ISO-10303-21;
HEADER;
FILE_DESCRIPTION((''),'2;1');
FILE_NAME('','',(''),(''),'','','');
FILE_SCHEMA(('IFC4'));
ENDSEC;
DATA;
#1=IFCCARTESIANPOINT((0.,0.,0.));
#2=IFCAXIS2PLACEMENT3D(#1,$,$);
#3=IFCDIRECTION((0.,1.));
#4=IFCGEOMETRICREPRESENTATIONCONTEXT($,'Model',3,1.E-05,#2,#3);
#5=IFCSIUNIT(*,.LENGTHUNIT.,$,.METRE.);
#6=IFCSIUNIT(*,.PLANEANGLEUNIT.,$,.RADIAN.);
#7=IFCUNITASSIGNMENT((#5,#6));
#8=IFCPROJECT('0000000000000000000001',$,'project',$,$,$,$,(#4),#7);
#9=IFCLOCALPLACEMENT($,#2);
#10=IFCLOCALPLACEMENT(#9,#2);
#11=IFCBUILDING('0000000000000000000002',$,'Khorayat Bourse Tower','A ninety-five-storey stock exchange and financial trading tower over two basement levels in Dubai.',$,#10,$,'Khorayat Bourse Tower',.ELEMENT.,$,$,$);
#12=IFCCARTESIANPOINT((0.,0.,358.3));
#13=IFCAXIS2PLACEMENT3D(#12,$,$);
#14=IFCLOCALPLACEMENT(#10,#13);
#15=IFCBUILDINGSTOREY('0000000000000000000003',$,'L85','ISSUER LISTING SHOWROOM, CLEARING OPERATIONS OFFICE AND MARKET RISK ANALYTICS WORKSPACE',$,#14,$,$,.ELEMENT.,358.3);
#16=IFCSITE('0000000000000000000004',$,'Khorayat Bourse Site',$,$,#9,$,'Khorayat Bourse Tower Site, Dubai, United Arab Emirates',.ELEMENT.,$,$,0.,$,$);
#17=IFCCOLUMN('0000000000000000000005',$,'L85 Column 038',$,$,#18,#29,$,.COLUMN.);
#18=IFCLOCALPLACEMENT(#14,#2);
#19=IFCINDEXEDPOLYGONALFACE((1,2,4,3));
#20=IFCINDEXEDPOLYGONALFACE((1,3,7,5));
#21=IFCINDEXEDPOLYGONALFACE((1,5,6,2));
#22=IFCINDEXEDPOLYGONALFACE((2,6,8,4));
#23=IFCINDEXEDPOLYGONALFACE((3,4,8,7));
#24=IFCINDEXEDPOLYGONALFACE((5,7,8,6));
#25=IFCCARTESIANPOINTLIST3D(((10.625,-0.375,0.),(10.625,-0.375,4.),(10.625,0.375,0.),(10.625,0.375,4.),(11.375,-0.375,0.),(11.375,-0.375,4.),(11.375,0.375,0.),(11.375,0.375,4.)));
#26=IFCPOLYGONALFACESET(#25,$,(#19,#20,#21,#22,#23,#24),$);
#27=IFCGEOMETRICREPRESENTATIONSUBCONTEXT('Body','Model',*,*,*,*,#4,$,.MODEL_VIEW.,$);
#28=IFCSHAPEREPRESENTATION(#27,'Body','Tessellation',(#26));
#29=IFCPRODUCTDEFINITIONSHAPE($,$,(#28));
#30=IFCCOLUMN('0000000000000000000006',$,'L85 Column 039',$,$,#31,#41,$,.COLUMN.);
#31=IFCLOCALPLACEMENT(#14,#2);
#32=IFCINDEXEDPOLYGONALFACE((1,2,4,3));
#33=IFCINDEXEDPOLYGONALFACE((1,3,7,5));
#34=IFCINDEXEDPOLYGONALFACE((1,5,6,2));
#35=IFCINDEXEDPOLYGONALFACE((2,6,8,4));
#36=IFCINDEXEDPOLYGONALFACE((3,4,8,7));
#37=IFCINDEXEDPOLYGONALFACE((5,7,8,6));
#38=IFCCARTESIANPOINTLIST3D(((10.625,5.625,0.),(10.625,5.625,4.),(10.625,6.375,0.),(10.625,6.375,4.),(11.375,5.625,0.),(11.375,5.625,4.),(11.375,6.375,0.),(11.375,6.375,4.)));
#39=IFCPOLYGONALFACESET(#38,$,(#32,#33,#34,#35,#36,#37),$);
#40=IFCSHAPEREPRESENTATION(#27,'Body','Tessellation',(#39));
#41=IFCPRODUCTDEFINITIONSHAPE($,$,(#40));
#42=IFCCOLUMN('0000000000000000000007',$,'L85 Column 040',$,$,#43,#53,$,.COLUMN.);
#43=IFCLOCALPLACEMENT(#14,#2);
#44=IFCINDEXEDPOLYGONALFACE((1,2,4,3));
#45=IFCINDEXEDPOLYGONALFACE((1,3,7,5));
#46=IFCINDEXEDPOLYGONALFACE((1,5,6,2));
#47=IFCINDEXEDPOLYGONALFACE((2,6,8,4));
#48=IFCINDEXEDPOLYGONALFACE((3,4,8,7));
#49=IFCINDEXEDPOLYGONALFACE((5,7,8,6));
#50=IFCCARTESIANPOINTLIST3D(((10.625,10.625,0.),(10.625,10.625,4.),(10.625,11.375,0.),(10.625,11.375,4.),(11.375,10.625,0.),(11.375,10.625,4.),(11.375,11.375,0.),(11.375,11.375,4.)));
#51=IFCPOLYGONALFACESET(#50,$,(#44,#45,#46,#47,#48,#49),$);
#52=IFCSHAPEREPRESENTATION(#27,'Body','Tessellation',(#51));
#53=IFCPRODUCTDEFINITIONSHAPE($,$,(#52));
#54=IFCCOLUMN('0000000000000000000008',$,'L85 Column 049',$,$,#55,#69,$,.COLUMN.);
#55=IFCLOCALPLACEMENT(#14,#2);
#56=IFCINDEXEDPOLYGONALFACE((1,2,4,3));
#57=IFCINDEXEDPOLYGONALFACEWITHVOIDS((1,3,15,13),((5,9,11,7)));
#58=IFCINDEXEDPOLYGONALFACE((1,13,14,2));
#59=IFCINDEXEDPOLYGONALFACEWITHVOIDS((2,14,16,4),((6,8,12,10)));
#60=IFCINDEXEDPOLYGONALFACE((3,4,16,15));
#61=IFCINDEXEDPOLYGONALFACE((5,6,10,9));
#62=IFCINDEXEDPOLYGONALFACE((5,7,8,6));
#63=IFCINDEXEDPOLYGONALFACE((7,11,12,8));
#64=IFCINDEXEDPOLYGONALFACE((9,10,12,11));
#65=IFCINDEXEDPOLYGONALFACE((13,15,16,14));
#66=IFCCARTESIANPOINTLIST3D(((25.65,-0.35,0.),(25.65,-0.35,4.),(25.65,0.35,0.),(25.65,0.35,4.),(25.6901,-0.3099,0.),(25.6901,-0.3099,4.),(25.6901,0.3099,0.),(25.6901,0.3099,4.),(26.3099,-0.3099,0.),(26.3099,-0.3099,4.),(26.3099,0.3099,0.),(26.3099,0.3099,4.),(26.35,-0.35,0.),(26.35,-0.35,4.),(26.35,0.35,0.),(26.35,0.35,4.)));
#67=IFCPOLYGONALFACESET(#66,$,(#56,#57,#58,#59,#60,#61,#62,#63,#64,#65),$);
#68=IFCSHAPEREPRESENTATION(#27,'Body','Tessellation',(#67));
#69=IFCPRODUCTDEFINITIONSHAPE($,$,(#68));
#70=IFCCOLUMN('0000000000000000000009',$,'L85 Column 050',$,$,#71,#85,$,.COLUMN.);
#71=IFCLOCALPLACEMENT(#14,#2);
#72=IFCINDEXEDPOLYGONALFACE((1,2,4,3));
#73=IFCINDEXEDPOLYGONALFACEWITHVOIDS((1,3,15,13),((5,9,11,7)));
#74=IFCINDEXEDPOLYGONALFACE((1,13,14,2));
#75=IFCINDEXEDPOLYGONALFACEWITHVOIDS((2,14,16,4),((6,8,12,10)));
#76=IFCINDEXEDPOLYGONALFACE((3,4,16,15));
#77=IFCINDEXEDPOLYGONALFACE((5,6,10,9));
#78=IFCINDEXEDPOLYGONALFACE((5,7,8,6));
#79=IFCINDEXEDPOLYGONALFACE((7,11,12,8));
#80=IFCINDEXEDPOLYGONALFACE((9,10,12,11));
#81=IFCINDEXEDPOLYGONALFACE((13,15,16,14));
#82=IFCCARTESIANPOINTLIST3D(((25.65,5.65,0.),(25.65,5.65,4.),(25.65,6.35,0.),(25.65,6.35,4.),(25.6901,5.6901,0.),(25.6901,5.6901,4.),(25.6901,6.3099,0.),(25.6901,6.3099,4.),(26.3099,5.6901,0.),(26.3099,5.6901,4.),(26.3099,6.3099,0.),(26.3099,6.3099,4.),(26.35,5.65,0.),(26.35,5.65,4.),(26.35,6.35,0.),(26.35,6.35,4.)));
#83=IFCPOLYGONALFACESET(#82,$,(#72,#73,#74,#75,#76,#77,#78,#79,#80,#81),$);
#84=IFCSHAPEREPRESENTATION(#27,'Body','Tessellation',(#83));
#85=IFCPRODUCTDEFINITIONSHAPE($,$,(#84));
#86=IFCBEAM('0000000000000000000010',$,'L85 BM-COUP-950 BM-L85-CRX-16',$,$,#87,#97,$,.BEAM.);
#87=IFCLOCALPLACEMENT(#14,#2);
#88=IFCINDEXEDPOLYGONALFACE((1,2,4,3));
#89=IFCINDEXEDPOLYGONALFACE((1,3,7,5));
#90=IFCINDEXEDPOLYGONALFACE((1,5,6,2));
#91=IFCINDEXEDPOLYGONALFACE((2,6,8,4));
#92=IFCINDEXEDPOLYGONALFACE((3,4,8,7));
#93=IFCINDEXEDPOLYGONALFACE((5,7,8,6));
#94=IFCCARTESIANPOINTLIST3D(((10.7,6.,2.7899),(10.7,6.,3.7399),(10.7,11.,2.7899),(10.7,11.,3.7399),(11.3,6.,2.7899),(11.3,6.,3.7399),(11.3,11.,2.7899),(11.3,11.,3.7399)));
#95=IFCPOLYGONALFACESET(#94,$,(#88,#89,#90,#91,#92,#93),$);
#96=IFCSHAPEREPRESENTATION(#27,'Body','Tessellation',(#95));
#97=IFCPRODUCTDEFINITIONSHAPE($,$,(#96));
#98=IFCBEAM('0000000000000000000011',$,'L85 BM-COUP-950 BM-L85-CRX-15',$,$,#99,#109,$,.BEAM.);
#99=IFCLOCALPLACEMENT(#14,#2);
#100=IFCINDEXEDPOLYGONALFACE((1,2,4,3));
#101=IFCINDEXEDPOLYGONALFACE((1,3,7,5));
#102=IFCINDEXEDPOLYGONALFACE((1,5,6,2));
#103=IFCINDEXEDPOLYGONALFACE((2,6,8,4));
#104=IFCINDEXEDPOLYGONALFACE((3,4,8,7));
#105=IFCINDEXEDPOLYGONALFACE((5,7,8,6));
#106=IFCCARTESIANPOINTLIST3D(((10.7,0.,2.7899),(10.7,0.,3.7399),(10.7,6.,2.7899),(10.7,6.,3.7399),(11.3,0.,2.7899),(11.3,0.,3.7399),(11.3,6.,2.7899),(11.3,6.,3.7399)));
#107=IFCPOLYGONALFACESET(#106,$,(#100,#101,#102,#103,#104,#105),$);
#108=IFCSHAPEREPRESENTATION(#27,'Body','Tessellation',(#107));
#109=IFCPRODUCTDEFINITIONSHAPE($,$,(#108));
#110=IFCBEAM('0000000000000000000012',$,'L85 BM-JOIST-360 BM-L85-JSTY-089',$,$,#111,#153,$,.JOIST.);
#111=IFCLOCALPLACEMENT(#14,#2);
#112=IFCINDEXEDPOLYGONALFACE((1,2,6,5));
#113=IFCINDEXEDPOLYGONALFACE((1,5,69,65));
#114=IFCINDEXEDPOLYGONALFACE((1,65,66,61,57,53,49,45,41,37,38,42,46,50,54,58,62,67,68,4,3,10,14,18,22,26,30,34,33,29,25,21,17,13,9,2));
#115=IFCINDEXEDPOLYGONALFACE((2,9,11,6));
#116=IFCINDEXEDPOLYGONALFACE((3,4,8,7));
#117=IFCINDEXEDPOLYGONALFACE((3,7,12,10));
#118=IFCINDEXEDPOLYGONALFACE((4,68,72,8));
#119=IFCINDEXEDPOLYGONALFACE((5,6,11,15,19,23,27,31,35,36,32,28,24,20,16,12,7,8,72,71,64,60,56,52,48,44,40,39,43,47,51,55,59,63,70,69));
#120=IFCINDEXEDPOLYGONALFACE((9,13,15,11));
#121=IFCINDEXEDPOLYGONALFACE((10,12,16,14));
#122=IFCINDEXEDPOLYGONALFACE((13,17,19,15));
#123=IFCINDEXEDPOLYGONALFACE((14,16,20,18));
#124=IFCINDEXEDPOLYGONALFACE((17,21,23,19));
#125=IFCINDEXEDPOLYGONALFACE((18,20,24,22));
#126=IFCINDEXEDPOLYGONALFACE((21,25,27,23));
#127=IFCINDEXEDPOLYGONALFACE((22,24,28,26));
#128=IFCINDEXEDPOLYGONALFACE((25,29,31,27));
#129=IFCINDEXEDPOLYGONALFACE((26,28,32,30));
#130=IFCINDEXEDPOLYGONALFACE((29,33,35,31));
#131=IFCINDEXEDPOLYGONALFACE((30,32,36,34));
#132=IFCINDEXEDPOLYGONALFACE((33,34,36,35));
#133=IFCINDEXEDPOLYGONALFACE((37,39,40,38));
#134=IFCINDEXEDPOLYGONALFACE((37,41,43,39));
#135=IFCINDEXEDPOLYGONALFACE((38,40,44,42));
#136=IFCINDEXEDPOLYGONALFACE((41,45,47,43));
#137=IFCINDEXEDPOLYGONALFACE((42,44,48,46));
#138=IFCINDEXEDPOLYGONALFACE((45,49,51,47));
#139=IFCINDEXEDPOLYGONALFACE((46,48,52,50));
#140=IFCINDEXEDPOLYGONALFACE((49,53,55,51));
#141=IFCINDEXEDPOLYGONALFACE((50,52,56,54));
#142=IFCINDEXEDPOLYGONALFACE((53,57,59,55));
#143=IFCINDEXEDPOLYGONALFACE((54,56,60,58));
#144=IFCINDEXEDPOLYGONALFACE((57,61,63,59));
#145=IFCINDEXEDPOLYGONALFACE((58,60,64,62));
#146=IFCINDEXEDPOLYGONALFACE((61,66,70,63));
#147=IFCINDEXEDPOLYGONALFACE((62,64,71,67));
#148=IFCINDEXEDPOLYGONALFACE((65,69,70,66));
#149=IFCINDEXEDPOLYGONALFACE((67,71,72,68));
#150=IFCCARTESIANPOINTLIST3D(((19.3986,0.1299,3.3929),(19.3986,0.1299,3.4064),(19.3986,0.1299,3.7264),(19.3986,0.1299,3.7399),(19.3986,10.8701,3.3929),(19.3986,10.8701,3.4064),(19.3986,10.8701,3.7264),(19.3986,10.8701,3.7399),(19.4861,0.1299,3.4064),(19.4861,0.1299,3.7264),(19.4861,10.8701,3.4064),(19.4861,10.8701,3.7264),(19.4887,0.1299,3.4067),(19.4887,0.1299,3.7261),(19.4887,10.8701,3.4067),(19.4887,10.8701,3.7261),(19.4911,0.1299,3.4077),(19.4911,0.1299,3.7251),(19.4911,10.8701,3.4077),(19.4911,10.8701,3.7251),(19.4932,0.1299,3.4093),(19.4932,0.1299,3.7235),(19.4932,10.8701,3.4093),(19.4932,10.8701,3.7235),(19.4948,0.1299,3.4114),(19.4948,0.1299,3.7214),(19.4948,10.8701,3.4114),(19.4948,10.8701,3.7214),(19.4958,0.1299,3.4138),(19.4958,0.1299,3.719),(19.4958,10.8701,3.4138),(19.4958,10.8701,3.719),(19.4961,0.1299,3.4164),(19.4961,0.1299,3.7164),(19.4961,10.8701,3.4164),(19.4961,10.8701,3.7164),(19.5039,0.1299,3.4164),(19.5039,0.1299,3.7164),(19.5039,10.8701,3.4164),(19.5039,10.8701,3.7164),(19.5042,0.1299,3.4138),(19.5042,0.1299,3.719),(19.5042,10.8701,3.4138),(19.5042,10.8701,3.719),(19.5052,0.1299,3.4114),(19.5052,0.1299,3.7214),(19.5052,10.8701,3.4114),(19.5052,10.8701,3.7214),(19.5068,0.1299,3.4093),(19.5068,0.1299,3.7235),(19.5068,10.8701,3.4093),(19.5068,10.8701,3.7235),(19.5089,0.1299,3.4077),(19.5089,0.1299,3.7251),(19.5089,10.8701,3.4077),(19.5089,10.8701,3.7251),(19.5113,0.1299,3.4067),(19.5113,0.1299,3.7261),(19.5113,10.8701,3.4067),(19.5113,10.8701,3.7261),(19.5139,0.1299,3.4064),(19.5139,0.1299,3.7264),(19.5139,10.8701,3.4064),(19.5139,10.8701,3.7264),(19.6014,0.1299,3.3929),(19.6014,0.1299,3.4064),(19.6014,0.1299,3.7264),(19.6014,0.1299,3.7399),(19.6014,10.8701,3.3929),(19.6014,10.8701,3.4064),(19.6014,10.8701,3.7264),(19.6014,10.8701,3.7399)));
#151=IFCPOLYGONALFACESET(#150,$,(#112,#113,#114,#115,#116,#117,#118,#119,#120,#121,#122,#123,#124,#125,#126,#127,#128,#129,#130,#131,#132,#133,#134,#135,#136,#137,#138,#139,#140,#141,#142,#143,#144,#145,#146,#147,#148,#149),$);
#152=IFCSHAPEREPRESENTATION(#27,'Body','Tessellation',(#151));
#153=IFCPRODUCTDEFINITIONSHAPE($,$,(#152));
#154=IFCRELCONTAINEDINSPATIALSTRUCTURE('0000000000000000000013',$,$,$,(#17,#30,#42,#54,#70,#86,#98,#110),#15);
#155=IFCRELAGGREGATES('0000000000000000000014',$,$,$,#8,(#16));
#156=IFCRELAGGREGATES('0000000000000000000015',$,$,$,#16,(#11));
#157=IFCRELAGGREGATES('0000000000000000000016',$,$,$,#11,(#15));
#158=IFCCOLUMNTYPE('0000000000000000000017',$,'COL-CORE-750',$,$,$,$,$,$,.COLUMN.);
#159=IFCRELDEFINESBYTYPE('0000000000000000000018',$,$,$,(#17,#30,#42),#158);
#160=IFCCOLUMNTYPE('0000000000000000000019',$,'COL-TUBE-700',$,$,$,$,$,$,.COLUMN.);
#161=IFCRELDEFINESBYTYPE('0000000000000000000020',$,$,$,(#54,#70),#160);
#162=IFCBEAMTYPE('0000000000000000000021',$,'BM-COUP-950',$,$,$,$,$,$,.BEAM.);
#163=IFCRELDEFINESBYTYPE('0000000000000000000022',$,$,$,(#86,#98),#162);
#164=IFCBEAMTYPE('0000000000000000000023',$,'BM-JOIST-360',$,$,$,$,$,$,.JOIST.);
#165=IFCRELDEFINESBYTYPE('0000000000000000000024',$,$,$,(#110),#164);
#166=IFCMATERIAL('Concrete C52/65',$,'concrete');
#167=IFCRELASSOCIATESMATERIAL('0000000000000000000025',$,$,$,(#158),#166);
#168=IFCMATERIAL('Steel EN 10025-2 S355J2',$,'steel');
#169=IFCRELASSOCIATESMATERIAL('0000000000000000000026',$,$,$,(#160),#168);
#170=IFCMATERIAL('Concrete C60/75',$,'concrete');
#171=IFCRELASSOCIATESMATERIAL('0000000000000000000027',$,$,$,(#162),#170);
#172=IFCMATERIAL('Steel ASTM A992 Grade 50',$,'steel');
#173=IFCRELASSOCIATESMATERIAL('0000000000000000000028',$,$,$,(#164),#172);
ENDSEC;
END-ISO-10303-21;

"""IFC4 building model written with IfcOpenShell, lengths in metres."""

from ifc_helpers import new_model, si_unit, direction, frame, origin, origin_2d, place, context, subcontext, project, spatial, rectangle, hollow_rectangle, i_section, extrude, source, transform, mapped, material, material_profile, profile_set, type_object, element, save


model = new_model("IFC4")

# Units and contexts
model_context = context("Model", 3, precision=1e-05, world=origin(), true_north=direction((0.0, 1.0)))
body_context = subcontext(model_context, "Body", "Model", "MODEL_VIEW")
ifc_project = project(units=[si_unit("LENGTHUNIT", "METRE"), si_unit("PLANEANGLEUNIT", "RADIAN")], contexts=[model_context])

# Site, building, storey
site_placement = place(None, origin())
site = spatial("IfcSite", under=ifc_project, at=site_placement, Name="Khorayat Bourse Site", LongName="Khorayat Bourse Tower Site, Dubai, United Arab Emirates", CompositionType="ELEMENT", RefElevation=0.0)
building_placement = place(site_placement, origin())
building = spatial("IfcBuilding", under=site, at=building_placement, Name="Khorayat Bourse Tower", Description="A ninety-five-storey stock exchange and financial trading tower over two basement levels in Dubai.", LongName="Khorayat Bourse Tower", CompositionType="ELEMENT")
storey_placement = place(building_placement, frame((0.0, 0.0, 358.3)))
storey = spatial("IfcBuildingStorey", under=building, at=storey_placement, Name="L85", Description="ISSUER LISTING SHOWROOM, CLEARING OPERATIONS OFFICE AND MARKET RISK ANALYTICS WORKSPACE", CompositionType="ELEMENT", Elevation=358.3)

# Columns
ifc_material_1 = material(Name="Concrete C52/65", Category="concrete")
ifc_material_profile_1 = material_profile(ifc_material_1, rectangle(XDim=0.75, YDim=0.75, at=origin_2d()), Name="RC 750x750")
ifc_profile_set_1 = profile_set([ifc_material_profile_1], Name="Concrete C52/65")
column_type_1 = type_object("IfcColumnType", Name="COL-CORE-750", PredefinedType="COLUMN", material=ifc_profile_set_1)
shared_shape_1 = source(origin(), body_context, "Body", "SweptSolid", [
    extrude(rectangle(XDim=0.75, YDim=0.75, at=origin_2d()), origin(), (0.0, 0.0, 1.0), 4.0),
])
for number, where, z_axis, x_axis, name in (
    (1, (11.0, 0.0, 0.0), (0.0, 0.0, 1.0), (1.0, 0.0, 0.0), "L85 Column 038"),
    (2, (11.0, 6.0, 0.0), (0.0, 0.0, 1.0), (1.0, 0.0, 0.0), "L85 Column 039"),
    (3, (11.0, 11.0, 0.0), (0.0, 0.0, 1.0), (1.0, 0.0, 0.0), "L85 Column 040"),
):
    element("IfcColumn", number, at=place(storey_placement, frame(where, z_axis=z_axis, x_axis=x_axis)), inside=storey, type_object=column_type_1, Name=name, PredefinedType="COLUMN", context=body_context, shape_type="MappedRepresentation", body=[
        mapped(shared_shape_1, transform((0.0, 0.0, 0.0), scale=1.0)),
    ])
ifc_material_2 = material(Name="Steel EN 10025-2 S355J2", Category="steel")
ifc_material_profile_2 = material_profile(ifc_material_2, hollow_rectangle(XDim=0.7, YDim=0.7, WallThickness=0.04, at=origin_2d()), Name="BOX 700x700x40")
ifc_profile_set_2 = profile_set([ifc_material_profile_2], Name="Steel EN 10025-2 S355J2")
column_type_2 = type_object("IfcColumnType", Name="COL-TUBE-700", PredefinedType="COLUMN", material=ifc_profile_set_2)
shared_shape_2 = source(origin(), body_context, "Body", "SweptSolid", [
    extrude(hollow_rectangle(XDim=0.7, YDim=0.7, WallThickness=0.04, at=origin_2d()), origin(), (0.0, 0.0, 1.0), 4.0),
])
for number, where, z_axis, x_axis, name in (
    (4, (26.0, 0.0, 0.0), (0.0, 0.0, 1.0), (1.0, 0.0, 0.0), "L85 Column 049"),
    (5, (26.0, 6.0, 0.0), (0.0, 0.0, 1.0), (1.0, 0.0, 0.0), "L85 Column 050"),
):
    element("IfcColumn", number, at=place(storey_placement, frame(where, z_axis=z_axis, x_axis=x_axis)), inside=storey, type_object=column_type_2, Name=name, PredefinedType="COLUMN", context=body_context, shape_type="MappedRepresentation", body=[
        mapped(shared_shape_2, transform((0.0, 0.0, 0.0), scale=1.0)),
    ])

# Beams
ifc_material_3 = material(Name="Concrete C60/75", Category="concrete")
ifc_material_profile_3 = material_profile(ifc_material_3, rectangle(XDim=0.6001, YDim=0.95, at=origin_2d()), Name="RC 600x950")
ifc_profile_set_3 = profile_set([ifc_material_profile_3], Name="Concrete C60/75")
beam_type_1 = type_object("IfcBeamType", Name="BM-COUP-950", PredefinedType="BEAM", material=ifc_profile_set_3)
shared_shape_3 = source(origin(), body_context, "Body", "SweptSolid", [
    extrude(rectangle(XDim=0.6001, YDim=0.95, at=origin_2d()), origin(), (0.0, 0.0, 1.0), 5.0),
])
beam_1_placement = place(storey_placement, frame((11.0, 6.0, 3.2649), z_axis=(0.0, 1.0, 0.0), x_axis=(-1.0, 0.0, 0.0)))
element("IfcBeam", 6, at=beam_1_placement, inside=storey, type_object=beam_type_1, Name="L85 BM-COUP-950 BM-L85-CRX-16", PredefinedType="BEAM", context=body_context, shape_type="MappedRepresentation", body=[
    mapped(shared_shape_3, transform((0.0, 0.0, 0.0), scale=1.0)),
])
shared_shape_4 = source(origin(), body_context, "Body", "SweptSolid", [
    extrude(rectangle(XDim=0.6001, YDim=0.95, at=origin_2d()), origin(), (0.0, 0.0, 1.0), 6.0),
])
beam_2_placement = place(storey_placement, frame((11.0, 0.0, 3.2649), z_axis=(0.0, 1.0, 0.0), x_axis=(-1.0, 0.0, 0.0)))
element("IfcBeam", 7, at=beam_2_placement, inside=storey, type_object=beam_type_1, Name="L85 BM-COUP-950 BM-L85-CRX-15", PredefinedType="BEAM", context=body_context, shape_type="MappedRepresentation", body=[
    mapped(shared_shape_4, transform((0.0, 0.0, 0.0), scale=1.0)),
])
ifc_material_4 = material(Name="Steel ASTM A992 Grade 50", Category="steel")
ifc_material_profile_4 = material_profile(ifc_material_4, i_section(OverallWidth=0.2029, OverallDepth=0.3469, WebThickness=0.0078, FlangeThickness=0.0134, FilletRadius=0.01, at=origin_2d()), Name="W360X64")
ifc_profile_set_4 = profile_set([ifc_material_profile_4], Name="Steel ASTM A992 Grade 50")
beam_type_2 = type_object("IfcBeamType", Name="BM-JOIST-360", PredefinedType="JOIST", material=ifc_profile_set_4)
shared_shape_5 = source(origin(), body_context, "Body", "SweptSolid", [
    extrude(i_section(OverallWidth=0.2029, OverallDepth=0.3469, WebThickness=0.0078, FlangeThickness=0.0134, FilletRadius=0.01, at=origin_2d()), origin(), (0.0, 0.0, 1.0), 10.7402),
])
beam_3_placement = place(storey_placement, frame((19.5, 0.1299, 3.5664), z_axis=(0.0, 1.0, 0.0), x_axis=(-1.0, 0.0, 0.0)))
element("IfcBeam", 8, at=beam_3_placement, inside=storey, type_object=beam_type_2, Name="L85 BM-JOIST-360 BM-L85-JSTY-089", PredefinedType="JOIST", context=body_context, shape_type="MappedRepresentation", body=[
    mapped(shared_shape_5, transform((0.0, 0.0, 0.0), scale=1.0)),
])

save(model, "model.ifc")
